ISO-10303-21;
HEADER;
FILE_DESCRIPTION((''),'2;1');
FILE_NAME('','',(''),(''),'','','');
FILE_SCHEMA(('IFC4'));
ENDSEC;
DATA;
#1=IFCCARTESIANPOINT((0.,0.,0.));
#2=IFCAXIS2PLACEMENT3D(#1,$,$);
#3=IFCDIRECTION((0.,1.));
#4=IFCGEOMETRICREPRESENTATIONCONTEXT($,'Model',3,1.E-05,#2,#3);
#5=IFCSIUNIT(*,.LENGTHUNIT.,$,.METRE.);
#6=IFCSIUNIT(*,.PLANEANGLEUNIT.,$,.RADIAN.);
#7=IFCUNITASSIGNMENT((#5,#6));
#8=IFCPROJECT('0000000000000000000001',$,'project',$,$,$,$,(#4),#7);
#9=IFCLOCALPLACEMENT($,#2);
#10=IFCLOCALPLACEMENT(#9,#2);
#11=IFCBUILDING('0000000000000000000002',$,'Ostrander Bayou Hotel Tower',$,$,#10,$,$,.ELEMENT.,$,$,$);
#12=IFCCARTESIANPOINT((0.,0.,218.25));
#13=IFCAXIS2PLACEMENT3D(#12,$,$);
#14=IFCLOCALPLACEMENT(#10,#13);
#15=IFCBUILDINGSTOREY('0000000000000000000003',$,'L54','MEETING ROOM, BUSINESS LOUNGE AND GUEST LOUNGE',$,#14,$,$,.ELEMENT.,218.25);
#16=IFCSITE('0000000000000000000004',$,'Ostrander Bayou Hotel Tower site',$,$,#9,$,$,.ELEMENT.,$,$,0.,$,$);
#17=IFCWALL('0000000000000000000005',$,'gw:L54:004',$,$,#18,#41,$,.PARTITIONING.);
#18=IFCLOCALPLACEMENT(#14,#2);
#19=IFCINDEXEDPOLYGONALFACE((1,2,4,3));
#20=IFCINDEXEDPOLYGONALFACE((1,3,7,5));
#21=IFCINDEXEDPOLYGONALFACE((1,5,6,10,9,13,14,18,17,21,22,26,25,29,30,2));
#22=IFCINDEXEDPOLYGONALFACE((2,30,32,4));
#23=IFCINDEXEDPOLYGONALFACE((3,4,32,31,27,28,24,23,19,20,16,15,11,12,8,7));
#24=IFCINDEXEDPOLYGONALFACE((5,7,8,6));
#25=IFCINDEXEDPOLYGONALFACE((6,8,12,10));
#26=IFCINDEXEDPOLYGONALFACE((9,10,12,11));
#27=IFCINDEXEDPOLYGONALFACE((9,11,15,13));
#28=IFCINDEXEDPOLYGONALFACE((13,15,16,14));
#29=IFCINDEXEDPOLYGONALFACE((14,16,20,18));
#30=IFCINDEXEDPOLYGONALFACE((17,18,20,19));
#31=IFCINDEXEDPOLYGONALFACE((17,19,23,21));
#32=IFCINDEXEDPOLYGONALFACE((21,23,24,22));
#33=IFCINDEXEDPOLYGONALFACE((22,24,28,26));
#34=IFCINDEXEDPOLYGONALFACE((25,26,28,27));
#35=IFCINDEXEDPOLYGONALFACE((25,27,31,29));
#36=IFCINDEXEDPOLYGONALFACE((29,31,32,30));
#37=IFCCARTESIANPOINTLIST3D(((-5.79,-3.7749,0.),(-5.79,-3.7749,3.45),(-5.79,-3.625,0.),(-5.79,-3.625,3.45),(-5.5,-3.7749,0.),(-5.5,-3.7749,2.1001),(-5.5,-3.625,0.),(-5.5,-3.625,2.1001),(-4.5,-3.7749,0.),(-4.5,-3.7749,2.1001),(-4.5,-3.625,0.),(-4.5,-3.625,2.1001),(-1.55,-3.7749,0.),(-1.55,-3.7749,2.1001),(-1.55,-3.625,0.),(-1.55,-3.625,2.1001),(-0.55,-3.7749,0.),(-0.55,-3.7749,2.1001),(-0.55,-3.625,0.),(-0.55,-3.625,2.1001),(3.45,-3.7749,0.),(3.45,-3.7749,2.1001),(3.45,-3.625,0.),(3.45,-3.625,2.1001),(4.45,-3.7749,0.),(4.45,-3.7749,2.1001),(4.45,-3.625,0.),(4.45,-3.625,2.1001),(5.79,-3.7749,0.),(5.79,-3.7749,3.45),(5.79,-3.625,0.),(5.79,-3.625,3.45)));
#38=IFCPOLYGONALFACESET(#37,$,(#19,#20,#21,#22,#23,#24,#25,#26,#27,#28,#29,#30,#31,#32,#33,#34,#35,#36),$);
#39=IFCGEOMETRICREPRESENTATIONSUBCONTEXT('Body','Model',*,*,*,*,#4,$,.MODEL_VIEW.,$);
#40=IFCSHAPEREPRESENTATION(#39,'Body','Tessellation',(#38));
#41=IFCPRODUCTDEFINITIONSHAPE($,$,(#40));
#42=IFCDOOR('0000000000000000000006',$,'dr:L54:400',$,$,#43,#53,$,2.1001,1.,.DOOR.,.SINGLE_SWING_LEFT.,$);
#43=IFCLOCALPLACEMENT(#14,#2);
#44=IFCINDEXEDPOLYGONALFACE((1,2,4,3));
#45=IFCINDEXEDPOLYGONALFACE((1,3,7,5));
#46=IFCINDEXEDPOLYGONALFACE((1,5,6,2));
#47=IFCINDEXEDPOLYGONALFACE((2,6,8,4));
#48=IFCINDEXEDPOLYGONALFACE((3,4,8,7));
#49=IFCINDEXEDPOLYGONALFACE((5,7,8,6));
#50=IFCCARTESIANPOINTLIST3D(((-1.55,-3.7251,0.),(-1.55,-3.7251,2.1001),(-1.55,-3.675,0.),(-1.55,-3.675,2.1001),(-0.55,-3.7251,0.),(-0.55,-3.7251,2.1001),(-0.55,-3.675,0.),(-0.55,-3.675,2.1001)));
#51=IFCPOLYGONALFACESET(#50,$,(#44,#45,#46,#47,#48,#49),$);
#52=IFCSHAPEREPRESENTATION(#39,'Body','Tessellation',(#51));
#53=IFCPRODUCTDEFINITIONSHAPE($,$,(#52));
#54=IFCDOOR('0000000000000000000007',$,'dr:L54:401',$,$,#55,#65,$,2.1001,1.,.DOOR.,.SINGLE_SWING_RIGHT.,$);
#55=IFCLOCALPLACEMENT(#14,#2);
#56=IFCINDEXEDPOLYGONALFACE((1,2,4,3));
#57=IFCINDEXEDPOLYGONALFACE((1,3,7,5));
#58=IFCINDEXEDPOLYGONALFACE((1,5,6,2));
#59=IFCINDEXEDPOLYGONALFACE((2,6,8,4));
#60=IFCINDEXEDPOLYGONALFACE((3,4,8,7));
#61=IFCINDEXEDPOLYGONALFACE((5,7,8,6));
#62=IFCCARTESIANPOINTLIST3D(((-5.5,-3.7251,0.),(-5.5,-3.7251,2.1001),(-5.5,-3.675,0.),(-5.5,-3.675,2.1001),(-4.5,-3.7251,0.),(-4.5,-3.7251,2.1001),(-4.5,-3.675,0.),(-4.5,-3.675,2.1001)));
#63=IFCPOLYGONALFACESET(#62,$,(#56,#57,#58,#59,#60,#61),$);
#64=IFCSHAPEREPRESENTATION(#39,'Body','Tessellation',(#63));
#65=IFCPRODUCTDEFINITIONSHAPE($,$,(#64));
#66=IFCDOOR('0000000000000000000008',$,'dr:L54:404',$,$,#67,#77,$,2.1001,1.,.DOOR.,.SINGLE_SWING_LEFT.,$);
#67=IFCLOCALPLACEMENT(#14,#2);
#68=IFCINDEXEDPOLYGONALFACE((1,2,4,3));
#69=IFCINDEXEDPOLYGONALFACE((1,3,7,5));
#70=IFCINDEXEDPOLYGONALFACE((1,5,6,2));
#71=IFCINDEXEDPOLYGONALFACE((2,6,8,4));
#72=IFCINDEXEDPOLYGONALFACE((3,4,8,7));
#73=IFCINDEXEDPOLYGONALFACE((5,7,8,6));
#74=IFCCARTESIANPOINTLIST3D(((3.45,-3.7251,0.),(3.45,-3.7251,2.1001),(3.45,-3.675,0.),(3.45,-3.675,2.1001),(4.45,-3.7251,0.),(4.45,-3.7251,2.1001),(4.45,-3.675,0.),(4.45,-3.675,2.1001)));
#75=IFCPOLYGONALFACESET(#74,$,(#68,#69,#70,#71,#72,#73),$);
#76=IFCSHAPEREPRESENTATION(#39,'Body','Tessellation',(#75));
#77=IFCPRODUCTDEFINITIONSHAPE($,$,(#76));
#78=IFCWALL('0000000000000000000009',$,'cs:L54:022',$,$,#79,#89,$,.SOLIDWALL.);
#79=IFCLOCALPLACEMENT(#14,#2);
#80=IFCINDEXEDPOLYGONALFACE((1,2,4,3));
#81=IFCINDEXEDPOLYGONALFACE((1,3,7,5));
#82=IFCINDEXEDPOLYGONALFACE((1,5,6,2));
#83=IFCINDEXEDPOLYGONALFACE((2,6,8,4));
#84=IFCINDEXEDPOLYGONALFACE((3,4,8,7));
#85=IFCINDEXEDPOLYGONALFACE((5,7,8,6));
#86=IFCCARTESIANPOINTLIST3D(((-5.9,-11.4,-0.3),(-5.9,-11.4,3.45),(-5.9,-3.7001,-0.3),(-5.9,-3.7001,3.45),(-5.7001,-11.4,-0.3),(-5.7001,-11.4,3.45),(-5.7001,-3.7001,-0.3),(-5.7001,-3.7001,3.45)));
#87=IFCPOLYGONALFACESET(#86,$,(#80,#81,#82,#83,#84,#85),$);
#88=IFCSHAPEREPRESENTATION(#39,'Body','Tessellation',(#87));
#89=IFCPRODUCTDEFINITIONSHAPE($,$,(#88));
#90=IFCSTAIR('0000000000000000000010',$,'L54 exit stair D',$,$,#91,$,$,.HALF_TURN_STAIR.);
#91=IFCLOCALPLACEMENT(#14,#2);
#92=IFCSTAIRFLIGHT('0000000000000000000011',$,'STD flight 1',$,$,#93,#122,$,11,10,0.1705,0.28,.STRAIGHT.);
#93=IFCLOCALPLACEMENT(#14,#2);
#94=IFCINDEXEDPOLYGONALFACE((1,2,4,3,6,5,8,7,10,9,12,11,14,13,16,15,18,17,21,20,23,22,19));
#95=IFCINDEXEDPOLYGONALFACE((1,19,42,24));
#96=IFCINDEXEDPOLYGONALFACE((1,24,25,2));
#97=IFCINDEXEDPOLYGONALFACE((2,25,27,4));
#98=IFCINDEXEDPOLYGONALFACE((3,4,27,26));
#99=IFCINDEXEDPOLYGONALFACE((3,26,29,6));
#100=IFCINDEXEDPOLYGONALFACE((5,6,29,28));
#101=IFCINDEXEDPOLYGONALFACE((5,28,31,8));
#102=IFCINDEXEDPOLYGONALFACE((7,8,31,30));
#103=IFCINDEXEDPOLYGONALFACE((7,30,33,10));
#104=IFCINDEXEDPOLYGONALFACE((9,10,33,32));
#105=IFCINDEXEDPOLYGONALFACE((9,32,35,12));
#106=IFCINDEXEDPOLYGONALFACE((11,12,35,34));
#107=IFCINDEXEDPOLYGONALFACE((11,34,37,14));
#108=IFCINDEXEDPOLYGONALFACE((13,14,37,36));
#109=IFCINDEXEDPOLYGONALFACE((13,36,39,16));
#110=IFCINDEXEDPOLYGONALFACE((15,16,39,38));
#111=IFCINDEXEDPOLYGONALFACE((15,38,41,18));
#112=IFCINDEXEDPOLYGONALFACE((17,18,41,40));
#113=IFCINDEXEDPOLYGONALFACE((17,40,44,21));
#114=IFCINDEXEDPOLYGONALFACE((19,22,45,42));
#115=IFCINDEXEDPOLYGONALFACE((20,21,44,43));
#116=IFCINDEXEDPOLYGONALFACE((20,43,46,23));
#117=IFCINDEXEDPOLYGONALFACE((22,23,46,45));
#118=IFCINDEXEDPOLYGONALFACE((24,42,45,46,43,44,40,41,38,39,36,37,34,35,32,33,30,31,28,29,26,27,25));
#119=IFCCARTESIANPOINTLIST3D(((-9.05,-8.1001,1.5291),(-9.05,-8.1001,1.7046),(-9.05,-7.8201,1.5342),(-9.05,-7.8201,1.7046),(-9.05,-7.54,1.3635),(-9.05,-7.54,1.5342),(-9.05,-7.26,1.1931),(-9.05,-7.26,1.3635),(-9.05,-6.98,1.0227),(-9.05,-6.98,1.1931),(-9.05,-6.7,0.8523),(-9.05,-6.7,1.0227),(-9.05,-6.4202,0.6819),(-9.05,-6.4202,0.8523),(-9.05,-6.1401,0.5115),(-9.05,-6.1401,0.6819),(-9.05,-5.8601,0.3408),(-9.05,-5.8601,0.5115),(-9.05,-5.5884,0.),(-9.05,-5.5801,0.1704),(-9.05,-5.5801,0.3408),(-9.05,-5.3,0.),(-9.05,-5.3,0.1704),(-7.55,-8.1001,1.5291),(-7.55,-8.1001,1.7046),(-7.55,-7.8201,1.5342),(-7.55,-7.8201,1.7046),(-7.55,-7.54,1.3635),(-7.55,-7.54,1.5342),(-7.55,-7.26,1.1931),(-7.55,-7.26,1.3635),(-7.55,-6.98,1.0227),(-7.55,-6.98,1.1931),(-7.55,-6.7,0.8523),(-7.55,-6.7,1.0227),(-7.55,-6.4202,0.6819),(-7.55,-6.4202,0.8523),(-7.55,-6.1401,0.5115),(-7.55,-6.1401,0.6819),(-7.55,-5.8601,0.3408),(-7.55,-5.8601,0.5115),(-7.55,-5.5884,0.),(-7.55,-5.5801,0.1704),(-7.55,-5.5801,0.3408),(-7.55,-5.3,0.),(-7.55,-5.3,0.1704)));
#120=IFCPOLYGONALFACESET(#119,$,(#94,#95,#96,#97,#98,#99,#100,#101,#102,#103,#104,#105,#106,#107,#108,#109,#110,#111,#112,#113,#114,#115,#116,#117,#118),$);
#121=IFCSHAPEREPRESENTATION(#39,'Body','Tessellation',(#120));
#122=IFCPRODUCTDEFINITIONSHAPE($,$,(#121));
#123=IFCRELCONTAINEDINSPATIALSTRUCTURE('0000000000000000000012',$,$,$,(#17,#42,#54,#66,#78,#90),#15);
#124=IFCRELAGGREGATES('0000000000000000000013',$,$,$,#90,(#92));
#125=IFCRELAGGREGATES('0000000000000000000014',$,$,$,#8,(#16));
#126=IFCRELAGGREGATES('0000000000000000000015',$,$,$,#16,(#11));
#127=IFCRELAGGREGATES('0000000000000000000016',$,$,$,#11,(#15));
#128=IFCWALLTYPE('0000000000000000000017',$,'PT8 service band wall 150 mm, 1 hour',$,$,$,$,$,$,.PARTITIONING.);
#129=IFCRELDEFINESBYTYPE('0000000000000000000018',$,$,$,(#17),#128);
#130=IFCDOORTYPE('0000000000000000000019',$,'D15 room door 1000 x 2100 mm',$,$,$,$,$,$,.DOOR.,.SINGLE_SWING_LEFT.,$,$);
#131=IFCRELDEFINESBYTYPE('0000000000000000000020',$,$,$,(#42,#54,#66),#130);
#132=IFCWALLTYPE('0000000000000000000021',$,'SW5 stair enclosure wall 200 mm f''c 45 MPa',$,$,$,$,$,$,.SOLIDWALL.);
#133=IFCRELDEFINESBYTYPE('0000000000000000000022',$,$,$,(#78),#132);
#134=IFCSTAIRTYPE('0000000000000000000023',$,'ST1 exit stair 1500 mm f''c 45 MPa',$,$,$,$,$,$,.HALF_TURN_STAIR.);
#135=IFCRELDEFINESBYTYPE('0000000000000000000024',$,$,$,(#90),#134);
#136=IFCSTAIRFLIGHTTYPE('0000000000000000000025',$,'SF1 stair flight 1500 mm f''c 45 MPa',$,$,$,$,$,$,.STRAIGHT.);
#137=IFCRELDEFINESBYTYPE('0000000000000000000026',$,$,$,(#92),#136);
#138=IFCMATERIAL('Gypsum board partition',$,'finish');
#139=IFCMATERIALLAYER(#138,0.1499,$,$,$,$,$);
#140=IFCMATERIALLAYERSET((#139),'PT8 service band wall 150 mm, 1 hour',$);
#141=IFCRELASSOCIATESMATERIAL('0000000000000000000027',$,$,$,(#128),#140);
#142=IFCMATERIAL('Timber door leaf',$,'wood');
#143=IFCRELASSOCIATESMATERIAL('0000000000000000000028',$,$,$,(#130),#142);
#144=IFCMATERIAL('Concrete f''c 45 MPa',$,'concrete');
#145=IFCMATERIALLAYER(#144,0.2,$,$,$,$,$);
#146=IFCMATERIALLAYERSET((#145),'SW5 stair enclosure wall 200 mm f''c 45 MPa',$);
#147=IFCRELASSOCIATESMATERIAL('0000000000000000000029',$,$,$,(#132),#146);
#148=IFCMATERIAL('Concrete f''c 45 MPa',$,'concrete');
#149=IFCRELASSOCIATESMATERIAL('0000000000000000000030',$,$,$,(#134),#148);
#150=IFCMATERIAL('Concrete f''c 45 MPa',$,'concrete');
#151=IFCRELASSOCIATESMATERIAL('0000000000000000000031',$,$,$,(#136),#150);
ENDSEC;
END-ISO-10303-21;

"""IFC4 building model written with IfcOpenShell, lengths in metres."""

from ifc_helpers import new_model, si_unit, direction, frame, frame_2d, origin, place, context, subcontext, project, spatial, polyline, rectangle, outline, extrude, material, layer, layer_set, type_object, element, fill, aggregate, save


model = new_model("IFC4")

# Units and contexts
model_context = context("Model", 3, precision=1e-05, world=origin(), true_north=direction((0.0, 1.0)))
body_context = subcontext(model_context, "Body", "Model", "MODEL_VIEW")
ifc_project = project(units=[si_unit("LENGTHUNIT", "METRE"), si_unit("PLANEANGLEUNIT", "RADIAN")], contexts=[model_context])

# Site, building, storey
site_placement = place(None, origin())
site = spatial("IfcSite", under=ifc_project, at=site_placement, Name="Ostrander Bayou Hotel Tower site", CompositionType="ELEMENT", RefElevation=0.0)
building_placement = place(site_placement, origin())
building = spatial("IfcBuilding", under=site, at=building_placement, Name="Ostrander Bayou Hotel Tower", CompositionType="ELEMENT")
storey_placement = place(building_placement, frame((0.0, 0.0, 218.25)))
storey = spatial("IfcBuildingStorey", under=building, at=storey_placement, Name="L54", Description="MEETING ROOM, BUSINESS LOUNGE AND GUEST LOUNGE", CompositionType="ELEMENT", Elevation=218.25)

# Wall, openings, doors
ifc_material_1 = material(Name="Gypsum board partition", Category="finish")
ifc_layer_1 = layer(ifc_material_1, 0.1499)
ifc_layer_set_1 = layer_set([ifc_layer_1], Name="PT8 service band wall 150 mm, 1 hour")
wall_type_1 = type_object("IfcWallType", Name="PT8 service band wall 150 mm, 1 hour", PredefinedType="PARTITIONING", material=ifc_layer_set_1)
wall_1_placement = place(storey_placement, frame((-5.79, -3.7, 0.0), z_axis=(0.0, 0.0, 1.0), x_axis=(1.0, 0.0, 0.0)))
wall_1 = element("IfcWall", 1, at=wall_1_placement, inside=storey, type_object=wall_type_1, Name="gw:L54:004", PredefinedType="PARTITIONING", context=body_context, shape_type="SweptSolid", body=[
    extrude(rectangle(XDim=11.5801, YDim=0.1499, at=frame_2d((5.79, 0.0))), origin(), (0.0, 0.0, 1.0), 3.45),
])
opening_1_placement = place(wall_1_placement, frame((4.24, 0.0, 0.0)))
opening_1 = element("IfcOpeningElement", 2, at=opening_1_placement, cuts=wall_1, PredefinedType="OPENING", context=body_context, shape_type="SweptSolid", body=[
    extrude(rectangle(XDim=1.0, YDim=2.1001, at=frame_2d((0.5, 1.05))), frame((0.0, 0.075, 0.0), z_axis=(0.0, -1.0, 0.0), x_axis=(1.0, 0.0, 0.0)), (0.0, 0.0, 1.0), 0.1499),
])
opening_2_placement = place(wall_1_placement, frame((0.29, 0.0, 0.0)))
opening_2 = element("IfcOpeningElement", 3, at=opening_2_placement, cuts=wall_1, PredefinedType="OPENING", context=body_context, shape_type="SweptSolid", body=[
    extrude(rectangle(XDim=1.0, YDim=2.1001, at=frame_2d((0.5, 1.05))), frame((0.0, 0.075, 0.0), z_axis=(0.0, -1.0, 0.0), x_axis=(1.0, 0.0, 0.0)), (0.0, 0.0, 1.0), 0.1499),
])
opening_3_placement = place(wall_1_placement, frame((9.24, 0.0, 0.0)))
opening_3 = element("IfcOpeningElement", 4, at=opening_3_placement, cuts=wall_1, PredefinedType="OPENING", context=body_context, shape_type="SweptSolid", body=[
    extrude(rectangle(XDim=1.0, YDim=2.1001, at=frame_2d((0.5, 1.05))), frame((0.0, 0.075, 0.0), z_axis=(0.0, -1.0, 0.0), x_axis=(1.0, 0.0, 0.0)), (0.0, 0.0, 1.0), 0.1499),
])
ifc_material_2 = material(Name="Timber door leaf", Category="wood")
door_type_1 = type_object("IfcDoorType", Name="D15 room door 1000 x 2100 mm", OperationType="SINGLE_SWING_LEFT", PredefinedType="DOOR", material=ifc_material_2)
door_1_placement = place(opening_1_placement, origin())
door_1 = element("IfcDoor", 5, at=door_1_placement, inside=storey, type_object=door_type_1, Name="dr:L54:400", OperationType="SINGLE_SWING_LEFT", OverallHeight=2.1001, OverallWidth=1.0, PredefinedType="DOOR", context=body_context, shape_type="SweptSolid", body=[
    extrude(rectangle(XDim=1.0, YDim=2.1001, at=frame_2d((0.5, 1.05))), frame((0.0, 0.0249, 0.0), z_axis=(0.0, -1.0, 0.0), x_axis=(1.0, 0.0, 0.0)), (0.0, 0.0, 1.0), 0.05),
])
fill(opening_1, door_1)
door_2_placement = place(opening_2_placement, origin())
door_2 = element("IfcDoor", 6, at=door_2_placement, inside=storey, type_object=door_type_1, Name="dr:L54:401", OperationType="SINGLE_SWING_RIGHT", OverallHeight=2.1001, OverallWidth=1.0, PredefinedType="DOOR", context=body_context, shape_type="SweptSolid", body=[
    extrude(rectangle(XDim=1.0, YDim=2.1001, at=frame_2d((0.5, 1.05))), frame((0.0, 0.0249, 0.0), z_axis=(0.0, -1.0, 0.0), x_axis=(1.0, 0.0, 0.0)), (0.0, 0.0, 1.0), 0.05),
])
fill(opening_2, door_2)
door_3_placement = place(opening_3_placement, origin())
door_3 = element("IfcDoor", 7, at=door_3_placement, inside=storey, type_object=door_type_1, Name="dr:L54:404", OperationType="SINGLE_SWING_LEFT", OverallHeight=2.1001, OverallWidth=1.0, PredefinedType="DOOR", context=body_context, shape_type="SweptSolid", body=[
    extrude(rectangle(XDim=1.0, YDim=2.1001, at=frame_2d((0.5, 1.05))), frame((0.0, 0.0249, 0.0), z_axis=(0.0, -1.0, 0.0), x_axis=(1.0, 0.0, 0.0)), (0.0, 0.0, 1.0), 0.05),
])
fill(opening_3, door_3)

# Wall
ifc_material_3 = material(Name="Concrete f'c 45 MPa", Category="concrete")
ifc_layer_2 = layer(ifc_material_3, 0.2)
ifc_layer_set_2 = layer_set([ifc_layer_2], Name="SW5 stair enclosure wall 200 mm f'c 45 MPa")
wall_type_2 = type_object("IfcWallType", Name="SW5 stair enclosure wall 200 mm f'c 45 MPa", PredefinedType="SOLIDWALL", material=ifc_layer_set_2)
wall_2_placement = place(storey_placement, frame((-5.8, -3.7, -0.3), z_axis=(0.0, 0.0, 1.0), x_axis=(0.0, -1.0, 0.0)))
element("IfcWall", 8, at=wall_2_placement, inside=storey, type_object=wall_type_2, Name="cs:L54:022", PredefinedType="SOLIDWALL", context=body_context, shape_type="SweptSolid", body=[
    extrude(rectangle(XDim=7.7, YDim=0.2, at=frame_2d((3.8501, 0.0))), origin(), (0.0, 0.0, 1.0), 3.75),
])

# Stair, stair flight
ifc_material_4 = material(Name="Concrete f'c 45 MPa", Category="concrete")
stair_type = type_object("IfcStairType", Name="ST1 exit stair 1500 mm f'c 45 MPa", PredefinedType="HALF_TURN_STAIR", material=ifc_material_4)
stair_placement = place(storey_placement, origin())
stair = element("IfcStair", 9, at=stair_placement, inside=storey, type_object=stair_type, Name="L54 exit stair D", PredefinedType="HALF_TURN_STAIR")
ifc_material_5 = material(Name="Concrete f'c 45 MPa", Category="concrete")
stair_flight_type = type_object("IfcStairFlightType", Name="SF1 stair flight 1500 mm f'c 45 MPa", PredefinedType="STRAIGHT", material=ifc_material_5)
stair_flight_placement = place(storey_placement, frame((-8.3, -5.3, 0.0), z_axis=(0.0, 0.0, 1.0), x_axis=(0.0, -1.0, 0.0)))
stair_flight = element("IfcStairFlight", 10, at=stair_flight_placement, type_object=stair_flight_type, Name="STD flight 1", NumberOfRisers=11, NumberOfTreads=10, PredefinedType="STRAIGHT", RiserHeight=0.1705, TreadLength=0.28, context=body_context, shape_type="SweptSolid", body=[
    extrude(outline(polyline([(0.0, 0.0), (0.0, 0.1704), (0.28, 0.1704), (0.28, 0.3408), (0.5601, 0.3408), (0.5601, 0.5115), (0.8401, 0.5115), (0.8401, 0.6819), (1.1201, 0.6819), (1.1201, 0.8523), (1.3999, 0.8523), (1.3999, 1.0227), (1.6799, 1.0227), (1.6799, 1.1931), (1.96, 1.1931), (1.96, 1.3635), (2.24, 1.3635), (2.24, 1.5342), (2.52, 1.5342), (2.52, 1.7046), (2.8, 1.7046), (2.8, 1.875), (2.8, 1.5291), (0.2883, 0.0), (0.0, 0.0)])), frame((0.0, 0.75, 0.0), z_axis=(0.0, -1.0, 0.0), x_axis=(1.0, 0.0, 0.0)), (0.0, 0.0, 1.0), 1.5),
])
aggregate(stair, [stair_flight])

save(model, "model.ifc")
